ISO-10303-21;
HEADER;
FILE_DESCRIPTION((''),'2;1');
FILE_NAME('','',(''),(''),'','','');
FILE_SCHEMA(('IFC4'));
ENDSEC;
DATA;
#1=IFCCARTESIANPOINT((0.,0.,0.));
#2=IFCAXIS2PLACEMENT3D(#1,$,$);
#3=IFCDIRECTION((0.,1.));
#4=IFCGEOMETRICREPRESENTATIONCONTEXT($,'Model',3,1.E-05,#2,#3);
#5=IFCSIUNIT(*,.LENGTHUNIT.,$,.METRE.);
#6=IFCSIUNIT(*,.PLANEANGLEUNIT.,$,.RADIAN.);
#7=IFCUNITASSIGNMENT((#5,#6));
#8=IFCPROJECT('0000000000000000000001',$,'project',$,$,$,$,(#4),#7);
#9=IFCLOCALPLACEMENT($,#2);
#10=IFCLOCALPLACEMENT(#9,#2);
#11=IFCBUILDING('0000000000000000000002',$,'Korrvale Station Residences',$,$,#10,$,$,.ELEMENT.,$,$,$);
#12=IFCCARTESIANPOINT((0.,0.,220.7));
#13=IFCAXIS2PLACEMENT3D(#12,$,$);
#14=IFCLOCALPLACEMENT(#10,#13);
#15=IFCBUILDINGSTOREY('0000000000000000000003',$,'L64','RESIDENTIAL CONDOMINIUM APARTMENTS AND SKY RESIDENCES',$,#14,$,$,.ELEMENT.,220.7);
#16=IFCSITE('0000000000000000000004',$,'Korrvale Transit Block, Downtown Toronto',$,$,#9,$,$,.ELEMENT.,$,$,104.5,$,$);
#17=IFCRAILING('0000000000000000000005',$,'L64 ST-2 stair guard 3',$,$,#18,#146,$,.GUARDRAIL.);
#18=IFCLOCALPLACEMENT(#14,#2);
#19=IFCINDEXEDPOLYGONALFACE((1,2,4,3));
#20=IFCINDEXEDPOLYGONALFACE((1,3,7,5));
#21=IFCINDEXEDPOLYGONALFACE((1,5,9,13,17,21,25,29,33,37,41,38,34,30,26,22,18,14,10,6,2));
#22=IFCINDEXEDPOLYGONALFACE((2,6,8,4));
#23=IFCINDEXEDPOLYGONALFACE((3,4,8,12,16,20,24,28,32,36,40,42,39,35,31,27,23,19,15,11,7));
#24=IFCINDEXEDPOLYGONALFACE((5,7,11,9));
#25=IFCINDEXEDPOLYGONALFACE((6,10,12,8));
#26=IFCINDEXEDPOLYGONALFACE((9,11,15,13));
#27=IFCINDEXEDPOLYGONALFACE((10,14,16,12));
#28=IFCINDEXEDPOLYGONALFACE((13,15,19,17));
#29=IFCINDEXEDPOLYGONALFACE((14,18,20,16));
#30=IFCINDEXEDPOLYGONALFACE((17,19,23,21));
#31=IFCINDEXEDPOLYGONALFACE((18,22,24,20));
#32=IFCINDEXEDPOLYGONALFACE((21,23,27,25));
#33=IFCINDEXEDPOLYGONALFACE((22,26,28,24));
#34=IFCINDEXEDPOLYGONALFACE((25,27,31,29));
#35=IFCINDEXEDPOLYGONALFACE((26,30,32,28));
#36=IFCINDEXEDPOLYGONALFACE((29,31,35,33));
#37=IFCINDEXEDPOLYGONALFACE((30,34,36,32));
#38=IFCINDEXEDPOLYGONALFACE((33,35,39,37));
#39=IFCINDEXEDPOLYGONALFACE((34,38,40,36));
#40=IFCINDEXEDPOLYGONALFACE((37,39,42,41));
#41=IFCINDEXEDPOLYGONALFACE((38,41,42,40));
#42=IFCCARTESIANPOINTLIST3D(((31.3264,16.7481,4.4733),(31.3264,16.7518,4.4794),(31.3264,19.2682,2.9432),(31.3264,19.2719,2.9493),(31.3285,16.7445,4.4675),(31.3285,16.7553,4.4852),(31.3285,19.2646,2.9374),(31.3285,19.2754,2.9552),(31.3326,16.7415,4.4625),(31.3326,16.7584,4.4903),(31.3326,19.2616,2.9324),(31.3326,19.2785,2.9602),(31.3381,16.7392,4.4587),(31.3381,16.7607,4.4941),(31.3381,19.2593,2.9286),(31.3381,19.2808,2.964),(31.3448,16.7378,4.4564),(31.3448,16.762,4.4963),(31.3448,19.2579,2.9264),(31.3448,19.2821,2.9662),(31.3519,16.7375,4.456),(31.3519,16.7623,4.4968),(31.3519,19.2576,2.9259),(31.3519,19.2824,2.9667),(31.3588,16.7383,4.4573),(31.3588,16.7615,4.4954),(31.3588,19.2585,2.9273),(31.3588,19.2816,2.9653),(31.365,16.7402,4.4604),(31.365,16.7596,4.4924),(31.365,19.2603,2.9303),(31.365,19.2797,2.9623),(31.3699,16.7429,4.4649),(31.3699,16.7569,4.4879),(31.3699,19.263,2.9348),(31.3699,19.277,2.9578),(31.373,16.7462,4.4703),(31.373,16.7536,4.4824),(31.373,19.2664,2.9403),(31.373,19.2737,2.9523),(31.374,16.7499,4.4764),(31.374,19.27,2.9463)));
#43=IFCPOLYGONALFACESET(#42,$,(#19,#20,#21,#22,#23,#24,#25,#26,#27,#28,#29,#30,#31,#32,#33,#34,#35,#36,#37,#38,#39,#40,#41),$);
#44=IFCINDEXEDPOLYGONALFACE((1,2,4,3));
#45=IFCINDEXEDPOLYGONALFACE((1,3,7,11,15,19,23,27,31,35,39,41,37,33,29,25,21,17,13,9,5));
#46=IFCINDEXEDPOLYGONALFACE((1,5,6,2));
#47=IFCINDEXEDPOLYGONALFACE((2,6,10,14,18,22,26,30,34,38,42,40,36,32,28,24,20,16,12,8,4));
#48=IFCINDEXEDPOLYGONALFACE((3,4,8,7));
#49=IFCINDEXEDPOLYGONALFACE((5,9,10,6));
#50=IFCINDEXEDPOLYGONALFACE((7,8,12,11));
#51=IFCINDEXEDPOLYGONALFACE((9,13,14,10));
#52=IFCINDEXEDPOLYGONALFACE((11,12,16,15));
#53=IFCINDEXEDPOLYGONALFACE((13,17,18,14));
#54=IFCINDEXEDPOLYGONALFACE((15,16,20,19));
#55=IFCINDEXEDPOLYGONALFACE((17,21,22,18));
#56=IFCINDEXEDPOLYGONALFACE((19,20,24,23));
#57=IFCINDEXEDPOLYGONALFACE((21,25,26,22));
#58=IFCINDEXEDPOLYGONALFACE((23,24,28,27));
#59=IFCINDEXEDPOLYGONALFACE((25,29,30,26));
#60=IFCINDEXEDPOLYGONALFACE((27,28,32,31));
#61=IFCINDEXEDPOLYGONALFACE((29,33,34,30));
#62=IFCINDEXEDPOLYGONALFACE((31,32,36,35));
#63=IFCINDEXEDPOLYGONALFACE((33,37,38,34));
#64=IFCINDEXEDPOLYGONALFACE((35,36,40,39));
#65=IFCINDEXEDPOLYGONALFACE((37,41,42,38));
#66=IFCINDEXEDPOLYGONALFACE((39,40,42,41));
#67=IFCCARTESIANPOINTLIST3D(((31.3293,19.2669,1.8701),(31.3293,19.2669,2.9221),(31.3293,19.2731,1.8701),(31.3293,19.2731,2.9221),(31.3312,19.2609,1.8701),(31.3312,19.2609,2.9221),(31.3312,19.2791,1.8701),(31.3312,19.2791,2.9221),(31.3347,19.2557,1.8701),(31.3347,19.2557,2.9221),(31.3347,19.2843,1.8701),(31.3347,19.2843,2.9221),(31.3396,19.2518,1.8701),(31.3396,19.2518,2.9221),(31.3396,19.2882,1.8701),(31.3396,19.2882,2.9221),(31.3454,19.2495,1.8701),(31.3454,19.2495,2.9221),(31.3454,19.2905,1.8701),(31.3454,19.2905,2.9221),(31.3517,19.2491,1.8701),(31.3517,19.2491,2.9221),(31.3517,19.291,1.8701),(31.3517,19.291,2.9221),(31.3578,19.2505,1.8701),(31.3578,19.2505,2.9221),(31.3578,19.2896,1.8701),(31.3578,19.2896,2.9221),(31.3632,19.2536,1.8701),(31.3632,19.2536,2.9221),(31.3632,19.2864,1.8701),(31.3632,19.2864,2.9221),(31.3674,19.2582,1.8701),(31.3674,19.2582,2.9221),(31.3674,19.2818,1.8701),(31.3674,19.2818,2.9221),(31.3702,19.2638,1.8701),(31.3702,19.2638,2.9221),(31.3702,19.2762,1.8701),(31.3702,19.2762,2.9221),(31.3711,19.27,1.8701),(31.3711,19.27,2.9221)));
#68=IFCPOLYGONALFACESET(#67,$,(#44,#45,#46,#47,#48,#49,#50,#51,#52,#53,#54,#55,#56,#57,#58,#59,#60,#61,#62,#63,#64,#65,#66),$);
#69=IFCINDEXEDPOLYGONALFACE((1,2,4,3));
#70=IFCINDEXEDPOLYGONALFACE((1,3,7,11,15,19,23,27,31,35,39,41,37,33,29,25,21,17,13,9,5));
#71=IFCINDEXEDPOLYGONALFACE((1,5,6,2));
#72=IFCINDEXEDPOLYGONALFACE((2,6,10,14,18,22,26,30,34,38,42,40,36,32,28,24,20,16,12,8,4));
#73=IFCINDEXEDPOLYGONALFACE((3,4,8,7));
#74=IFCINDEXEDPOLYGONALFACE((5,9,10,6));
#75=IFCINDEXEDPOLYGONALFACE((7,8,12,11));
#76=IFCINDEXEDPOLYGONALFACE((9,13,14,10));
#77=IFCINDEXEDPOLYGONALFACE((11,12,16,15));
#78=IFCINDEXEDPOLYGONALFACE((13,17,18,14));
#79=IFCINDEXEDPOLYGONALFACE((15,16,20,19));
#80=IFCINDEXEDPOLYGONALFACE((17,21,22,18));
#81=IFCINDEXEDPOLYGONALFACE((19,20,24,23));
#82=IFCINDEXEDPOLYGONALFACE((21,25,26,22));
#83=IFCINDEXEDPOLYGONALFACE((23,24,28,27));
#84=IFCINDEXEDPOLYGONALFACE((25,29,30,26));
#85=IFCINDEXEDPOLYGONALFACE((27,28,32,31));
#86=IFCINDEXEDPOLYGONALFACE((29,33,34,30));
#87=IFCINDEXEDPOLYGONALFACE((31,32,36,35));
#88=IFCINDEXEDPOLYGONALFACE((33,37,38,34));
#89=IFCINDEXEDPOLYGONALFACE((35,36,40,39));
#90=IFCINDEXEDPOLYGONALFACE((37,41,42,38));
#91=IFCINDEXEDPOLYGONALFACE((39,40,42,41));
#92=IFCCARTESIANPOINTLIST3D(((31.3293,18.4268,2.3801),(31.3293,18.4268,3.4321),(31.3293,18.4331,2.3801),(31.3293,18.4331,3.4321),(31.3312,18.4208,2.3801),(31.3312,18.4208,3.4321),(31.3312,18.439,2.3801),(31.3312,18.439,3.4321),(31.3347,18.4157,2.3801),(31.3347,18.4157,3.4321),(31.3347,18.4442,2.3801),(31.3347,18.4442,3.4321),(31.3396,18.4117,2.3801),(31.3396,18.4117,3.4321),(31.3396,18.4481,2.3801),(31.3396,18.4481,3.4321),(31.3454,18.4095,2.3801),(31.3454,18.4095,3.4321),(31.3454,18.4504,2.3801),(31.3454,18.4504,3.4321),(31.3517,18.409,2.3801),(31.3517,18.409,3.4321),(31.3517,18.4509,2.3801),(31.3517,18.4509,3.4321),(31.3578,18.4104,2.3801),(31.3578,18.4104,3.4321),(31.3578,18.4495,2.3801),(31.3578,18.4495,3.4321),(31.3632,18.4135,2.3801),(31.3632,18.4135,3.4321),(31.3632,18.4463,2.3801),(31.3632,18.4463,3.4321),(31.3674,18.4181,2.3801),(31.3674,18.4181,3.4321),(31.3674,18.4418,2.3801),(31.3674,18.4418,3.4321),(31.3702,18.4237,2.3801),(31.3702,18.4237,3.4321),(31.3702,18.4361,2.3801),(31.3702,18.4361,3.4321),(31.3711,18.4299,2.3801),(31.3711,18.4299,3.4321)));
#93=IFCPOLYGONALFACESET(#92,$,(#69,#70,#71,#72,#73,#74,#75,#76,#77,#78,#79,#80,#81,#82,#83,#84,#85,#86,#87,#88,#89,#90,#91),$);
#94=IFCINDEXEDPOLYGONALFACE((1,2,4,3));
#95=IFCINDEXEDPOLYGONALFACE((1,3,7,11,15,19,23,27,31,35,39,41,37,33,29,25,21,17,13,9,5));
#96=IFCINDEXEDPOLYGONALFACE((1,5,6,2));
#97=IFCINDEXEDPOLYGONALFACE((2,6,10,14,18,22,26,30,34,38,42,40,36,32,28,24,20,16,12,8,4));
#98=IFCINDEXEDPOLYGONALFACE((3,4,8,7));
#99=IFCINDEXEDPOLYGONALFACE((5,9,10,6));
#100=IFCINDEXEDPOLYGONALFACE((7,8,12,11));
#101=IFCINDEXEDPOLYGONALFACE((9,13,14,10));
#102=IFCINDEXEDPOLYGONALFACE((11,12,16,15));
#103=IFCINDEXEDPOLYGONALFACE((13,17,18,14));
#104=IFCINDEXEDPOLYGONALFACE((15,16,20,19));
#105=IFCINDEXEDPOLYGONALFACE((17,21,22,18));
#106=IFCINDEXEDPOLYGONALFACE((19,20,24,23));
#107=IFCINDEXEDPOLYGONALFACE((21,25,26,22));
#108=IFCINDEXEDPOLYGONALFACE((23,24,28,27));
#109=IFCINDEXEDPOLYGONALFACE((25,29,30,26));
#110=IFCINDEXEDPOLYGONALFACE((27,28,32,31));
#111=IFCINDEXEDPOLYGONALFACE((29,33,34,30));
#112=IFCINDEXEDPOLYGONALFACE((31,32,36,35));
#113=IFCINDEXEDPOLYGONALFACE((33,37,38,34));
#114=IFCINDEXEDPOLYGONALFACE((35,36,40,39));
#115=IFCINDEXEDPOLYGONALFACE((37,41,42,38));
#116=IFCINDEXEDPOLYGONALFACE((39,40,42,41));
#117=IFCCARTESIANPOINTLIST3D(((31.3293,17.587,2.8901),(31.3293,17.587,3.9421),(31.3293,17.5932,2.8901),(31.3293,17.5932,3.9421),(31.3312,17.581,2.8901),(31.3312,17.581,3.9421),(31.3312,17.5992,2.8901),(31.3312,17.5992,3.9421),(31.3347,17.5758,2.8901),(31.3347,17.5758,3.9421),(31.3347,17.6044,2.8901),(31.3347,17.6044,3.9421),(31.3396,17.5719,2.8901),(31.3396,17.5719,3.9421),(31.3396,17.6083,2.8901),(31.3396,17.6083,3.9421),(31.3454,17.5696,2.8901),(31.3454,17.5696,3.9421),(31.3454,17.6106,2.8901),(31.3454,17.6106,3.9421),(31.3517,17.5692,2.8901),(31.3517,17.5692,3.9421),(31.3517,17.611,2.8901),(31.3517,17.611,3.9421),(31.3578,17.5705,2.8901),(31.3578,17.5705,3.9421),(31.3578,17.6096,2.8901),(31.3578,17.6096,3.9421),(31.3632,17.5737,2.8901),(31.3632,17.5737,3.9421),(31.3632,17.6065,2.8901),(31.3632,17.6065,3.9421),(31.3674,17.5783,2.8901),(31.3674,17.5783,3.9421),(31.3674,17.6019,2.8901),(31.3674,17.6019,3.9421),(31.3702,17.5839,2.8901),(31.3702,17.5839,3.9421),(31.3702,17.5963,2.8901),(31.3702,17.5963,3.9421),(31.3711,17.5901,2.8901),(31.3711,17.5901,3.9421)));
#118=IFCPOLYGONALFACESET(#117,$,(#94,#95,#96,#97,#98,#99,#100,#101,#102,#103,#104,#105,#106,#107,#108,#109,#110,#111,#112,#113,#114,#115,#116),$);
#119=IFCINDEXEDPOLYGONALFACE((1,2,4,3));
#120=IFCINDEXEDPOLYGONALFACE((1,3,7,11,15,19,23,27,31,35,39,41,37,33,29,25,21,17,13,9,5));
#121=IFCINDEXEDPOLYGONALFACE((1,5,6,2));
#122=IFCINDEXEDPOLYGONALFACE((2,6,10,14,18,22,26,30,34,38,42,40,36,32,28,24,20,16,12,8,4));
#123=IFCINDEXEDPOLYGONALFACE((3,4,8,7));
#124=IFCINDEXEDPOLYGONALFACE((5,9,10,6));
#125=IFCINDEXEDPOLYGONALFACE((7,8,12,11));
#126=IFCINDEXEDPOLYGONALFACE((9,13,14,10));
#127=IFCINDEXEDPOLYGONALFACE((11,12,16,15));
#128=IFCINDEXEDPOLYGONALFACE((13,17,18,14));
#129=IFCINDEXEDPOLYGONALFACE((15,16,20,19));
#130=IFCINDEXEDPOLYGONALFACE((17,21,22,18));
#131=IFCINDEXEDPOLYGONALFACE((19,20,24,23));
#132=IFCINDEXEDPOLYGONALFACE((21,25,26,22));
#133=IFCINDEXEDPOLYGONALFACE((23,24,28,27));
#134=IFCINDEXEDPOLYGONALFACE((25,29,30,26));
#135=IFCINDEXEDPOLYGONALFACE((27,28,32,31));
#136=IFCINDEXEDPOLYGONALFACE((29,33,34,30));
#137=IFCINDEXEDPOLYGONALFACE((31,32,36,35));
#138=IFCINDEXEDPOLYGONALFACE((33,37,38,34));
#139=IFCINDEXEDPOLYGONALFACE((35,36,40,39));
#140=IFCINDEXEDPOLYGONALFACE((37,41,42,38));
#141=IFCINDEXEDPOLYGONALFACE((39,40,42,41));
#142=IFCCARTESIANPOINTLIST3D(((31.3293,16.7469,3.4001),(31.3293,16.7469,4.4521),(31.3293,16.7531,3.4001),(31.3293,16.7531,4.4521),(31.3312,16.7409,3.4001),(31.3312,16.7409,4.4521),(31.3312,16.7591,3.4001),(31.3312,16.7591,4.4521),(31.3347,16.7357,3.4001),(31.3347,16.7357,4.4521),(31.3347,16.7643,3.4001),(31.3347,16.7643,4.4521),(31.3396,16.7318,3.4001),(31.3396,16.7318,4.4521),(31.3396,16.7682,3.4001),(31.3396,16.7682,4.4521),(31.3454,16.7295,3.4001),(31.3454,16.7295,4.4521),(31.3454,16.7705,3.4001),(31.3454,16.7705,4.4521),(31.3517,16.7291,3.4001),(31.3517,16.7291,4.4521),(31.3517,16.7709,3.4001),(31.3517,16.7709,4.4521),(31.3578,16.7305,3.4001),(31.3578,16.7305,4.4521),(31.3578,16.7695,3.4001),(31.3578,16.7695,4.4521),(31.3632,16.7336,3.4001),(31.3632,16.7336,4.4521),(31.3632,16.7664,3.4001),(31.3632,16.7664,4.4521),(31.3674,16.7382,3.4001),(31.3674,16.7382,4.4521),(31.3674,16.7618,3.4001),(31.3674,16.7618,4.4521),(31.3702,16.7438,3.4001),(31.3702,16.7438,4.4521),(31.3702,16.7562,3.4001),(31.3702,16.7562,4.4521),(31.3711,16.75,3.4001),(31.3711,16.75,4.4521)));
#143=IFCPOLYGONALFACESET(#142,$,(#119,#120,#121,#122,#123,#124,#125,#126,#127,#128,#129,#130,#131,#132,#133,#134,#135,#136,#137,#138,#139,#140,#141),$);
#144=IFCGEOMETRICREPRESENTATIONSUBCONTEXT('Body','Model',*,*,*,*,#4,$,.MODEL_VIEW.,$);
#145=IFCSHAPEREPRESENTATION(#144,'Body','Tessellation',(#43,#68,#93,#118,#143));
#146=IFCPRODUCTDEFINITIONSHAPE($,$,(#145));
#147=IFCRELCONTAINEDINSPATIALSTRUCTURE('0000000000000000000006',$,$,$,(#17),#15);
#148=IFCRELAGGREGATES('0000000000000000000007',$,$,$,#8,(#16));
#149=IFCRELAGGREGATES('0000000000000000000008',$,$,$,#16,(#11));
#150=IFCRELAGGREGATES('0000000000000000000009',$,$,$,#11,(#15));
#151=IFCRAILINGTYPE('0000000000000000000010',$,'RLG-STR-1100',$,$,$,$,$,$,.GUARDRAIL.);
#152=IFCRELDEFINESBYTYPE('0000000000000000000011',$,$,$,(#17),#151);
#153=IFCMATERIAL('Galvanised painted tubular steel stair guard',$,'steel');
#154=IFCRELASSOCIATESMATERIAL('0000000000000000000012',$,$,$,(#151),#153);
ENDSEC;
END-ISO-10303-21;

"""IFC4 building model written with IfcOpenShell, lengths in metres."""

from ifc_helpers import new_model, si_unit, direction, frame, origin, origin_2d, place, context, subcontext, project, spatial, circle, extrude, material, type_object, element, save


model = new_model("IFC4")

# Units and contexts
model_context = context("Model", 3, precision=1e-05, world=origin(), true_north=direction((0.0, 1.0)))
body_context = subcontext(model_context, "Body", "Model", "MODEL_VIEW")
ifc_project = project(units=[si_unit("LENGTHUNIT", "METRE"), si_unit("PLANEANGLEUNIT", "RADIAN")], contexts=[model_context])

# Site, building, storey
site_placement = place(None, origin())
site = spatial("IfcSite", under=ifc_project, at=site_placement, Name="Korrvale Transit Block, Downtown Toronto", CompositionType="ELEMENT", RefElevation=104.5)
building_placement = place(site_placement, origin())
building = spatial("IfcBuilding", under=site, at=building_placement, Name="Korrvale Station Residences", CompositionType="ELEMENT")
storey_placement = place(building_placement, frame((0.0, 0.0, 220.7)))
storey = spatial("IfcBuildingStorey", under=building, at=storey_placement, Name="L64", Description="RESIDENTIAL CONDOMINIUM APARTMENTS AND SKY RESIDENCES", CompositionType="ELEMENT", Elevation=220.7)

# Railing
ifc_material_1 = material(Name="Galvanised painted tubular steel stair guard", Category="steel")
railing_type_1 = type_object("IfcRailingType", Name="RLG-STR-1100", PredefinedType="GUARDRAIL", material=ifc_material_1)
railing_1_placement = place(storey_placement, frame((31.3501, 19.27, 1.8701)))
element("IfcRailing", 1, at=railing_1_placement, inside=storey, type_object=railing_type_1, Name="L64 ST-2 stair guard 3", PredefinedType="GUARDRAIL", context=body_context, shape_type="SweptSolid", body=[
    extrude(circle(Radius=0.0239, at=origin_2d()), frame((0.0, 0.0, 1.0762), z_axis=(0.0, -0.854785, 0.518982), x_axis=(1.0, 0.0, 0.0)), (0.0, 0.0, 1.0), 2.9482),
    extrude(circle(Radius=0.021, at=origin_2d()), origin(), (0.0, 0.0, 1.0), 1.052),
    extrude(circle(Radius=0.021, at=origin_2d()), frame((0.0, -0.8401, 0.51)), (0.0, 0.0, 1.0), 1.052),
    extrude(circle(Radius=0.021, at=origin_2d()), frame((0.0, -1.6799, 1.02)), (0.0, 0.0, 1.0), 1.052),
    extrude(circle(Radius=0.021, at=origin_2d()), frame((0.0, -2.52, 1.53)), (0.0, 0.0, 1.0), 1.052),
])

save(model, "model.ifc")
